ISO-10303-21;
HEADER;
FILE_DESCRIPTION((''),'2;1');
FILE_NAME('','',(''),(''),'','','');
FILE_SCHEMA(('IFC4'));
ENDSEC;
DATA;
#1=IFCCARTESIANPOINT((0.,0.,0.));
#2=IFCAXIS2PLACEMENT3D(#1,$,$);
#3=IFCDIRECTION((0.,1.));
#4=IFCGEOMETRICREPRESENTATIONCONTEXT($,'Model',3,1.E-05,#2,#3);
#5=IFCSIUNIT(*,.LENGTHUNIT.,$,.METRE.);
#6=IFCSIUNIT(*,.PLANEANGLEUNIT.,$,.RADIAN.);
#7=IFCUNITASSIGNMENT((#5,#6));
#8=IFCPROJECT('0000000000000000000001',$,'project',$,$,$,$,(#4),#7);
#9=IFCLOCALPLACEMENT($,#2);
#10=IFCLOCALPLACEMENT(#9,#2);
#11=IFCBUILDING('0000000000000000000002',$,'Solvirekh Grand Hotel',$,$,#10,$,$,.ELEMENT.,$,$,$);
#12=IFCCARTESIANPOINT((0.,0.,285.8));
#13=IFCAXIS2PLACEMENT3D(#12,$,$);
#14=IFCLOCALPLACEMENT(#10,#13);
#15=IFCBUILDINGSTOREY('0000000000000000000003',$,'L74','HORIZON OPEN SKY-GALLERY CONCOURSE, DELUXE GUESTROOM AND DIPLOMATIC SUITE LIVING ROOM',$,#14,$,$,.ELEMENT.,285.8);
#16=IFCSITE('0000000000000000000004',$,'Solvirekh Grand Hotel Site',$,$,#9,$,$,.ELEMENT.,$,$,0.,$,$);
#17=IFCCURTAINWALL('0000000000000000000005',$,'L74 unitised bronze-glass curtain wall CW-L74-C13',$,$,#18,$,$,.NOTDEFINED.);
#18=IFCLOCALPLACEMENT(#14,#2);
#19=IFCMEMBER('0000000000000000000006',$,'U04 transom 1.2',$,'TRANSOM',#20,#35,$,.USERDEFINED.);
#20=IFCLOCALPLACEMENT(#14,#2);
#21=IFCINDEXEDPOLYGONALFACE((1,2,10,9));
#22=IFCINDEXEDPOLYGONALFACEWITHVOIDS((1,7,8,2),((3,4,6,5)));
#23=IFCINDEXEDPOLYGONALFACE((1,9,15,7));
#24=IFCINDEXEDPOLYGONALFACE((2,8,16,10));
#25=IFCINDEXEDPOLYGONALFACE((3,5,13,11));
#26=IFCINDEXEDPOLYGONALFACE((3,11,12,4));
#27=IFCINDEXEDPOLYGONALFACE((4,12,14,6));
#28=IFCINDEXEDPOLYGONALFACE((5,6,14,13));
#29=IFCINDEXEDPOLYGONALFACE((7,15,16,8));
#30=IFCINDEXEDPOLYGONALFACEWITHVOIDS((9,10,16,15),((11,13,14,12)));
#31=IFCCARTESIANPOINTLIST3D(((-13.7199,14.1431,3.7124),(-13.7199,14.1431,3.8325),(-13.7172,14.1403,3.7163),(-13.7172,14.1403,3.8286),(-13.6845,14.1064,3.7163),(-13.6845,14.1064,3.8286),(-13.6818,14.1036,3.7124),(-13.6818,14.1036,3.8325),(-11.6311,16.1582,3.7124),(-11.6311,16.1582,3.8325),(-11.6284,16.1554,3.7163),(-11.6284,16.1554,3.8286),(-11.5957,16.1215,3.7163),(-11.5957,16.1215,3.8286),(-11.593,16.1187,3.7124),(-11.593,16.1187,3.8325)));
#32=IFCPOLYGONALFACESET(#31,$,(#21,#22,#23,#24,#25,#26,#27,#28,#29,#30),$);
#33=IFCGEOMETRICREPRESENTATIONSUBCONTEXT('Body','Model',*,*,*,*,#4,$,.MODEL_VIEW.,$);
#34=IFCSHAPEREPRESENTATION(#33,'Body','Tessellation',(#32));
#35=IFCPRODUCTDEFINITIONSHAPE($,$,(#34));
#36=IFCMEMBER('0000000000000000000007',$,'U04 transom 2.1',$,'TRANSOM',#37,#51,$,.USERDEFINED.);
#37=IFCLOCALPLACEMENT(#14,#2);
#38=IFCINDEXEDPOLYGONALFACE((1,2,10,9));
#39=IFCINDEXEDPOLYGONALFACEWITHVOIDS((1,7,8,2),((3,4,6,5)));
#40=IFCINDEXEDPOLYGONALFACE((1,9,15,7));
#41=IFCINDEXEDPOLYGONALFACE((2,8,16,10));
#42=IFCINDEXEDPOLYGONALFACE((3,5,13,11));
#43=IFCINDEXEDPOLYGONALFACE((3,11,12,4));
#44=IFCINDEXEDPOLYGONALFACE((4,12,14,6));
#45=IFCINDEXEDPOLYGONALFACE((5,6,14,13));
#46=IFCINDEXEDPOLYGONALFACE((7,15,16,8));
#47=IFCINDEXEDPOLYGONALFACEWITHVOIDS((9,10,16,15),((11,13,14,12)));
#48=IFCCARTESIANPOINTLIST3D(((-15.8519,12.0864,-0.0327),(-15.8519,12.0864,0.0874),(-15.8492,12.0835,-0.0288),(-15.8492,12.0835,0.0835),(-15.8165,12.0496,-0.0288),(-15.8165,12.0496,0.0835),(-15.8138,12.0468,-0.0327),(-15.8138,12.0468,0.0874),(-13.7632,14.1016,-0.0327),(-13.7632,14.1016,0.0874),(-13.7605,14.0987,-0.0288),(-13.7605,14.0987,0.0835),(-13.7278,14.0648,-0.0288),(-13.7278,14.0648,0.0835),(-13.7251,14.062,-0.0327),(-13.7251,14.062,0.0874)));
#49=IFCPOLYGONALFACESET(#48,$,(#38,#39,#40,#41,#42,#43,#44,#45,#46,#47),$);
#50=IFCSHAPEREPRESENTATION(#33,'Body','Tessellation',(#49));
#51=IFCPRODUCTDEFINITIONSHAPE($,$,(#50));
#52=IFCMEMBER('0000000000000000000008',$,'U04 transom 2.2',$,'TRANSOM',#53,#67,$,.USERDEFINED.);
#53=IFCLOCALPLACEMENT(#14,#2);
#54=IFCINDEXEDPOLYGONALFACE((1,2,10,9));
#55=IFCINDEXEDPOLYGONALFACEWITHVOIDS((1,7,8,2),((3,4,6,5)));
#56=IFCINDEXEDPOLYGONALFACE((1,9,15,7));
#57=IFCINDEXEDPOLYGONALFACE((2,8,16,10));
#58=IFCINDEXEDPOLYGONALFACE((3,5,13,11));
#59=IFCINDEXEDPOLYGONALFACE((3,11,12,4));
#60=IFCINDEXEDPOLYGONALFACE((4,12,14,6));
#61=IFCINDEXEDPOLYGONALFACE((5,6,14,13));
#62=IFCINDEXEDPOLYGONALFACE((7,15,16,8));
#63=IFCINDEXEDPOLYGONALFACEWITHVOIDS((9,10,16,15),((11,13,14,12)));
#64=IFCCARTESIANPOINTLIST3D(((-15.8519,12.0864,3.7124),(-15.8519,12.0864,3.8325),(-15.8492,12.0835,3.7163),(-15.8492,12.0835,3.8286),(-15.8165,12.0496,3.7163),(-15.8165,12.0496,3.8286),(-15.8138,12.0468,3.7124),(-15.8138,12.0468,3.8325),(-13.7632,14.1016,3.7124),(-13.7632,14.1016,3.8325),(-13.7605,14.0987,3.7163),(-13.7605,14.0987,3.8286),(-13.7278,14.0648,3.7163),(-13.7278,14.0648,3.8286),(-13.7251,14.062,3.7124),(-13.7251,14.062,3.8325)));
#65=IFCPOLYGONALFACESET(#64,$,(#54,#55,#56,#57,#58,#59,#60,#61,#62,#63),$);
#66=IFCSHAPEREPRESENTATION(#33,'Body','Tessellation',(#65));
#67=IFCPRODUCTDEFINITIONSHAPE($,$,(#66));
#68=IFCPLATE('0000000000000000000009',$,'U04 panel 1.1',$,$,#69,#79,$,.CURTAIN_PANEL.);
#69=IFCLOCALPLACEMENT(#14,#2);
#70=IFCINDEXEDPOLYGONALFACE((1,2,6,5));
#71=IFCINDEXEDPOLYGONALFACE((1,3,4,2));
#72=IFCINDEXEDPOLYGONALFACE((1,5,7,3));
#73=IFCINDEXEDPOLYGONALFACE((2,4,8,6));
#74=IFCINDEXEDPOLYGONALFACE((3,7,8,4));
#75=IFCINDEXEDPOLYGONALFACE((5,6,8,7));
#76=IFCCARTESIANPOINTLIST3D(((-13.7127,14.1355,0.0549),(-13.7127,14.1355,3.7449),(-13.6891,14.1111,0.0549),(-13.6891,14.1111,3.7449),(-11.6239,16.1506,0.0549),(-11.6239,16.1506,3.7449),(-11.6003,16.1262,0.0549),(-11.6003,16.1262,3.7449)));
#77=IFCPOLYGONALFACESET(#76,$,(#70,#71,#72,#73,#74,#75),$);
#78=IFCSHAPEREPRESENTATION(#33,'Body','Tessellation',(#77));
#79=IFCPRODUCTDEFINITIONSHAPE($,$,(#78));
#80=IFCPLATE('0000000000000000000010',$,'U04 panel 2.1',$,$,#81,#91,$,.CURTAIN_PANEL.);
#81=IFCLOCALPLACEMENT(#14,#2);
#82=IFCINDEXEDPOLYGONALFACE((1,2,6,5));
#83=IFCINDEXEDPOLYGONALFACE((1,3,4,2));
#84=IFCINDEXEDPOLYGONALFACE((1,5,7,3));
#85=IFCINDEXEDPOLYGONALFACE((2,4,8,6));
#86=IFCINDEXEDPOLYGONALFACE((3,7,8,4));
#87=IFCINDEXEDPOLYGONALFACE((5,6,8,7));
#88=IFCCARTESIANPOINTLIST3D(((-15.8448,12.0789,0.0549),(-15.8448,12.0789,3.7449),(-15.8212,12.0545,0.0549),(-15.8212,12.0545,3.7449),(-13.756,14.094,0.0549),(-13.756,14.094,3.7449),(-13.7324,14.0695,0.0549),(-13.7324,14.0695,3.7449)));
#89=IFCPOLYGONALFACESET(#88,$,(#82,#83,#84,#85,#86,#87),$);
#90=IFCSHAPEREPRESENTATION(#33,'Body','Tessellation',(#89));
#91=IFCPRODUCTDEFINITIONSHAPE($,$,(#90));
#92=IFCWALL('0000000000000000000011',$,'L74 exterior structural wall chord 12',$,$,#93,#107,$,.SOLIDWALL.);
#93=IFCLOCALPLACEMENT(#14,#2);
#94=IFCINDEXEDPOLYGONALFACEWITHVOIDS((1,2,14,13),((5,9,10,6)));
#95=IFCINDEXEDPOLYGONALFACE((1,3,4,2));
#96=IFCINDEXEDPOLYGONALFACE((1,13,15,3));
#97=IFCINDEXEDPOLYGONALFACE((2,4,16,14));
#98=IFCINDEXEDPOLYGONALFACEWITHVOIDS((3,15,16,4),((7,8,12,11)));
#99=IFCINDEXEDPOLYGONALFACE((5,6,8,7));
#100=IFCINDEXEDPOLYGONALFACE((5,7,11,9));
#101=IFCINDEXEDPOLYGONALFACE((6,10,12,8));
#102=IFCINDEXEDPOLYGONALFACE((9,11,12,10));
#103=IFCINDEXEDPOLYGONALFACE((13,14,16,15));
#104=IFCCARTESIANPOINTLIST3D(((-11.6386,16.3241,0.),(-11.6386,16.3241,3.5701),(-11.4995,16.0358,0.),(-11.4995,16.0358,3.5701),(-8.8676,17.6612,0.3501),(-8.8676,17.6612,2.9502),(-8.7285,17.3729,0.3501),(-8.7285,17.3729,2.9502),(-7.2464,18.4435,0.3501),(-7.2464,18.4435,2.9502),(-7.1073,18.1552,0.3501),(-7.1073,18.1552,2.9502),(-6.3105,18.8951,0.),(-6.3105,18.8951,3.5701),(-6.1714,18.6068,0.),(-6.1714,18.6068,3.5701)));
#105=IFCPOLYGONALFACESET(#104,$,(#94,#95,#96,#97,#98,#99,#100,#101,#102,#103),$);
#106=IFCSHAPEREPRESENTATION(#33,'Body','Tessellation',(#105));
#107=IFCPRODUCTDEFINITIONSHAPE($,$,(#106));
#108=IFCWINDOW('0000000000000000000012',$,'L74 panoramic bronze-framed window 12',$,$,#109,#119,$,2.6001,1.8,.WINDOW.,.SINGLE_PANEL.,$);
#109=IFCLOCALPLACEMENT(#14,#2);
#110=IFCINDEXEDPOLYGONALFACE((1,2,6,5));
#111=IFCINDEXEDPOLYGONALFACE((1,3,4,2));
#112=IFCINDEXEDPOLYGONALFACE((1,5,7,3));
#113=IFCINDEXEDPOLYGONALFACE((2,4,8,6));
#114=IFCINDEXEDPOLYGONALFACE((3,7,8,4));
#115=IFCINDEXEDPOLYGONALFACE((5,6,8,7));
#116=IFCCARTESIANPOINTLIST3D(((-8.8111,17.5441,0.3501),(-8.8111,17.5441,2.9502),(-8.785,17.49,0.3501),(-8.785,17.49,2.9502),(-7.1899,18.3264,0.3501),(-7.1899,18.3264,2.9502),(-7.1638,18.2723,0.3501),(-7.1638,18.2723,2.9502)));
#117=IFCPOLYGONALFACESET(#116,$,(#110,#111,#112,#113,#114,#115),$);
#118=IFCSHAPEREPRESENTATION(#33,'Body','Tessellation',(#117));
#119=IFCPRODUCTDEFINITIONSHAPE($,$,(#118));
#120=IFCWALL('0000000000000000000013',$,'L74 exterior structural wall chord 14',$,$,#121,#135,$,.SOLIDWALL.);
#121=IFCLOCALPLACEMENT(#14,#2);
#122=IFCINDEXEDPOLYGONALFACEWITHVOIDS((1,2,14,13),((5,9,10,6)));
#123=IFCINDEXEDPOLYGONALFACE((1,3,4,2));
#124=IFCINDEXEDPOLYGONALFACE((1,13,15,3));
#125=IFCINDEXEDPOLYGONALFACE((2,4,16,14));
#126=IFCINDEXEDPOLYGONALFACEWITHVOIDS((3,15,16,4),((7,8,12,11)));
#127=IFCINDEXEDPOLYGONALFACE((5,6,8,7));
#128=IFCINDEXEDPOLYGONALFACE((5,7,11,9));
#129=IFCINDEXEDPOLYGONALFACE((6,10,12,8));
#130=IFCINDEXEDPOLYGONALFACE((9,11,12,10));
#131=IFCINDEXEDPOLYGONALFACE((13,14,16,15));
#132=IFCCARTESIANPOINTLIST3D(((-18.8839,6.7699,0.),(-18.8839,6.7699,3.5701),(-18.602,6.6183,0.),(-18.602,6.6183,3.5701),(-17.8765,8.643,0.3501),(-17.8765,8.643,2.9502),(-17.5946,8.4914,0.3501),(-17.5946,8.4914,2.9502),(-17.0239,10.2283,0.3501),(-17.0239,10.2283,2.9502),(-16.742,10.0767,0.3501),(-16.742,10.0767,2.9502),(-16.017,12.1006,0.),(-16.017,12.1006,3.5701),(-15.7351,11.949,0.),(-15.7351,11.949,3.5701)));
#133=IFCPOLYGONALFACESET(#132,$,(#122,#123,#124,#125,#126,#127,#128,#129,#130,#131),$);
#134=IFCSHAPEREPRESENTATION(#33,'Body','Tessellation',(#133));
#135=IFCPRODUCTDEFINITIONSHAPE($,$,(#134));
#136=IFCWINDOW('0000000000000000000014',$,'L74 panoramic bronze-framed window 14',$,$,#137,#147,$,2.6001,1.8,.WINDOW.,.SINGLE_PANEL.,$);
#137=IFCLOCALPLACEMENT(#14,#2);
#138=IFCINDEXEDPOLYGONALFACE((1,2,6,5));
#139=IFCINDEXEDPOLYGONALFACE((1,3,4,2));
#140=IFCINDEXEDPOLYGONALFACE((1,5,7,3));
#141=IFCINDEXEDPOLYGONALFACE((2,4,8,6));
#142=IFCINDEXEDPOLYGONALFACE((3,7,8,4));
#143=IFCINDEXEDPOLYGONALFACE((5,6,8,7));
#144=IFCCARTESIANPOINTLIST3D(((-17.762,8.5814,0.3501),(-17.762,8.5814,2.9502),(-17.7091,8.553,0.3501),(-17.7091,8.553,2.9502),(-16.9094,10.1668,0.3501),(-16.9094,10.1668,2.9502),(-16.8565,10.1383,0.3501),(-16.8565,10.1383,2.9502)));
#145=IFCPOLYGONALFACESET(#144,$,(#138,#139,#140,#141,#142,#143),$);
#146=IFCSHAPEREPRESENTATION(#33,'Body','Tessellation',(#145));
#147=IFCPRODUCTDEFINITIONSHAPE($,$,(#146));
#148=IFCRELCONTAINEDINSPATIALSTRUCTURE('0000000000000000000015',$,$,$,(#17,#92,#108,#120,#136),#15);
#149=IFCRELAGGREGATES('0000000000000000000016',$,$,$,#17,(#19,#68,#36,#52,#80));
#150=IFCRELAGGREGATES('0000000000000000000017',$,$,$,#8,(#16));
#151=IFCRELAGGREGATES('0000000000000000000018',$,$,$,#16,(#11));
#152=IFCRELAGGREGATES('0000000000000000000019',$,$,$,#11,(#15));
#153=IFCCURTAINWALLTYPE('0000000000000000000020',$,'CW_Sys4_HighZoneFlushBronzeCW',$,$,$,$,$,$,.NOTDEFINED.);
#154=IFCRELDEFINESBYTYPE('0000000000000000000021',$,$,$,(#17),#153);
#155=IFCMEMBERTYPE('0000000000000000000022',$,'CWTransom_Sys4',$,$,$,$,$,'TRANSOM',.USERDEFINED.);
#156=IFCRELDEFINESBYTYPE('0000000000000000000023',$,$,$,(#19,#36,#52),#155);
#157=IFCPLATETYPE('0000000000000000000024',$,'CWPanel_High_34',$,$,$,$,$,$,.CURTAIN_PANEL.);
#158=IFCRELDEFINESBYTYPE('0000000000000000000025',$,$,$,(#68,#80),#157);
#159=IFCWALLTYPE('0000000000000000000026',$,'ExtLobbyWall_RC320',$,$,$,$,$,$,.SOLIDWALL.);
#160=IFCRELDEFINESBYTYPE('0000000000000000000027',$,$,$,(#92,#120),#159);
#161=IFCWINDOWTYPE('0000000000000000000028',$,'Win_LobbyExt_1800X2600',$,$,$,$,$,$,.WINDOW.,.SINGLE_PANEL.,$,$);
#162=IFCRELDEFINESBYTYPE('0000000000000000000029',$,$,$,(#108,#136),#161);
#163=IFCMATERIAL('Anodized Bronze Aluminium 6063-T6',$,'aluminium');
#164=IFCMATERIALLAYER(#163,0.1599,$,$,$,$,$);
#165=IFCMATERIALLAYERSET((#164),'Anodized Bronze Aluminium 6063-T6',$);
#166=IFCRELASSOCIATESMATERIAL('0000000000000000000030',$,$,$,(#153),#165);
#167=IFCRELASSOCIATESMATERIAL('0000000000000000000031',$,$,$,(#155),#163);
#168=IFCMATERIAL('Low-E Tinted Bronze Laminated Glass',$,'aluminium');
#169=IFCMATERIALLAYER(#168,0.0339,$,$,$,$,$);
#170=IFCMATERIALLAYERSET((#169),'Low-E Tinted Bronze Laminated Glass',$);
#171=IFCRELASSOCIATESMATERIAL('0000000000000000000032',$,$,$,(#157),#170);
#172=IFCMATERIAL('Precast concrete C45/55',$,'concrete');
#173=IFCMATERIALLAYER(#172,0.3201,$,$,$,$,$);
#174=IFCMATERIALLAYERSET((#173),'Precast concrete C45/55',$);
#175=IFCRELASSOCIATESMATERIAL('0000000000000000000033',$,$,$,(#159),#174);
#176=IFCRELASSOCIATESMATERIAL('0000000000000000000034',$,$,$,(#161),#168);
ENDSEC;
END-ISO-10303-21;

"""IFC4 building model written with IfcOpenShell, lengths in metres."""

from ifc_helpers import new_model, si_unit, direction, frame, frame_2d, origin, origin_2d, place, context, subcontext, project, spatial, rectangle, hollow_rectangle, extrude, source, transform, mapped, material, layer, layer_set, material_profile, profile_set, type_object, element, fill, aggregate, save


model = new_model("IFC4")

# Units and contexts
model_context = context("Model", 3, precision=1e-05, world=origin(), true_north=direction((0.0, 1.0)))
body_context = subcontext(model_context, "Body", "Model", "MODEL_VIEW")
ifc_project = project(units=[si_unit("LENGTHUNIT", "METRE"), si_unit("PLANEANGLEUNIT", "RADIAN")], contexts=[model_context])

# Site, building, storey
site_placement = place(None, origin())
site = spatial("IfcSite", under=ifc_project, at=site_placement, Name="Solvirekh Grand Hotel Site", CompositionType="ELEMENT", RefElevation=0.0)
building_placement = place(site_placement, origin())
building = spatial("IfcBuilding", under=site, at=building_placement, Name="Solvirekh Grand Hotel", CompositionType="ELEMENT")
storey_placement = place(building_placement, frame((0.0, 0.0, 285.8)))
storey = spatial("IfcBuildingStorey", under=building, at=storey_placement, Name="L74", Description="HORIZON OPEN SKY-GALLERY CONCOURSE, DELUXE GUESTROOM AND DIPLOMATIC SUITE LIVING ROOM", CompositionType="ELEMENT", Elevation=285.8)

# Curtain wall
ifc_material_1 = material(Name="Anodized Bronze Aluminium 6063-T6", Category="aluminium")
ifc_layer_1 = layer(ifc_material_1, 0.1599)
ifc_layer_set_1 = layer_set([ifc_layer_1], Name="Anodized Bronze Aluminium 6063-T6")
curtain_wall_type = type_object("IfcCurtainWallType", Name="CW_Sys4_HighZoneFlushBronzeCW", PredefinedType="NOTDEFINED", material=ifc_layer_set_1)
curtain_wall_1_placement = place(storey_placement, origin())
curtain_wall_1 = element("IfcCurtainWall", 1, at=curtain_wall_1_placement, inside=storey, type_object=curtain_wall_type, Name="L74 unitised bronze-glass curtain wall CW-L74-C13", PredefinedType="NOTDEFINED")

# Members
ifc_material_profile_1 = material_profile(ifc_material_1, hollow_rectangle(XDim=0.0549, YDim=0.1201, WallThickness=0.0039, at=origin_2d()), Name="ALU RHS 120X55X4")
ifc_profile_set_1 = profile_set([ifc_material_profile_1], Name="Anodized Bronze Aluminium 6063-T6")
member_type_1 = type_object("IfcMemberType", Name="CWTransom_Sys4", ElementType="TRANSOM", PredefinedType="USERDEFINED", material=ifc_profile_set_1)
shared_shape_1 = source(origin(), body_context, "Body", "SweptSolid", [
    extrude(hollow_rectangle(XDim=0.0549, YDim=0.1201, WallThickness=0.0039, at=origin_2d()), origin(), (0.0, 0.0, 1.0), 2.9023),
])
member_1_placement = place(storey_placement, frame((-11.6121, 16.1384, 3.7725), z_axis=(-0.719694, -0.694291, 0.0), x_axis=(0.694291, -0.719694, 0.0)))
member_1 = element("IfcMember", 2, at=member_1_placement, type_object=member_type_1, Name="U04 transom 1.2", ObjectType="TRANSOM", PredefinedType="USERDEFINED", context=body_context, shape_type="MappedRepresentation", body=[
    mapped(shared_shape_1, transform((0.0, 0.0, 0.0), x_axis=(1.0, 0.0, 0.0), y_axis=(0.0, 1.0, 0.0), z_axis=(0.0, 0.0, 1.0), scale=1.0)),
])
member_2_placement = place(storey_placement, frame((-13.7441, 14.0818, 0.0273), z_axis=(-0.719654, -0.694333, 0.0), x_axis=(0.694333, -0.719654, 0.0)))
member_2 = element("IfcMember", 3, at=member_2_placement, type_object=member_type_1, Name="U04 transom 2.1", ObjectType="TRANSOM", PredefinedType="USERDEFINED", context=body_context, shape_type="MappedRepresentation", body=[
    mapped(shared_shape_1, transform((0.0, 0.0, 0.0), x_axis=(1.0, 0.0, 0.0), y_axis=(0.0, 1.0, 0.0), z_axis=(0.0, 0.0, 1.0), scale=1.0)),
])
member_3_placement = place(storey_placement, frame((-13.7441, 14.0818, 3.7725), z_axis=(-0.719654, -0.694333, 0.0), x_axis=(0.694333, -0.719654, 0.0)))
member_3 = element("IfcMember", 4, at=member_3_placement, type_object=member_type_1, Name="U04 transom 2.2", ObjectType="TRANSOM", PredefinedType="USERDEFINED", context=body_context, shape_type="MappedRepresentation", body=[
    mapped(shared_shape_1, transform((0.0, 0.0, 0.0), x_axis=(1.0, 0.0, 0.0), y_axis=(0.0, 1.0, 0.0), z_axis=(0.0, 0.0, 1.0), scale=1.0)),
])

# Plates
ifc_material_2 = material(Name="Low-E Tinted Bronze Laminated Glass", Category="aluminium")
ifc_layer_2 = layer(ifc_material_2, 0.0339)
ifc_layer_set_2 = layer_set([ifc_layer_2], Name="Low-E Tinted Bronze Laminated Glass")
plate_type = type_object("IfcPlateType", Name="CWPanel_High_34", PredefinedType="CURTAIN_PANEL", material=ifc_layer_set_2)
shared_shape_2 = source(origin(), body_context, "Body", "SweptSolid", [
    extrude(rectangle(XDim=2.9023, YDim=0.0339, at=origin_2d()), origin(), (0.0, 0.0, 1.0), 3.6899),
])
plate_1_placement = place(storey_placement, frame((-12.6565, 15.1309, 0.0549), z_axis=(0.0, 0.0, 1.0), x_axis=(-0.719692, -0.694293, 0.0)))
plate_1 = element("IfcPlate", 5, at=plate_1_placement, type_object=plate_type, Name="U04 panel 1.1", PredefinedType="CURTAIN_PANEL", context=body_context, shape_type="MappedRepresentation", body=[
    mapped(shared_shape_2, transform((0.0, 0.0, 0.0), x_axis=(1.0, 0.0, 0.0), y_axis=(0.0, 1.0, 0.0), z_axis=(0.0, 0.0, 1.0), scale=1.0)),
])
plate_2_placement = place(storey_placement, frame((-14.7886, 13.0742, 0.0549), z_axis=(0.0, 0.0, 1.0), x_axis=(-0.719692, -0.694293, 0.0)))
plate_2 = element("IfcPlate", 6, at=plate_2_placement, type_object=plate_type, Name="U04 panel 2.1", PredefinedType="CURTAIN_PANEL", context=body_context, shape_type="MappedRepresentation", body=[
    mapped(shared_shape_2, transform((0.0, 0.0, 0.0), x_axis=(1.0, 0.0, 0.0), y_axis=(0.0, 1.0, 0.0), z_axis=(0.0, 0.0, 1.0), scale=1.0)),
])
aggregate(curtain_wall_1, [member_1, plate_1, member_2, member_3, plate_2])

# Walls, openings, windows
ifc_material_3 = material(Name="Precast concrete C45/55", Category="concrete")
ifc_layer_3 = layer(ifc_material_3, 0.3201)
ifc_layer_set_3 = layer_set([ifc_layer_3], Name="Precast concrete C45/55")
wall_type_1 = type_object("IfcWallType", Name="ExtLobbyWall_RC320", PredefinedType="SOLIDWALL", material=ifc_layer_set_3)
wall_1_placement = place(storey_placement, frame((-11.5691, 16.1799, 0.0), z_axis=(0.0, 0.0, 1.0), x_axis=(0.900628, 0.434591, 0.0)))
wall_1 = element("IfcWall", 7, at=wall_1_placement, inside=storey, type_object=wall_type_1, Name="L74 exterior structural wall chord 12", PredefinedType="SOLIDWALL", context=body_context, shape_type="SweptSolid", body=[
    extrude(rectangle(XDim=5.916, YDim=0.3201, at=frame_2d((2.958, 0.0))), origin(), (0.0, 0.0, 1.0), 3.5701),
])
opening_1_placement = place(wall_1_placement, frame((3.0769, 0.0, 0.3501)))
opening_1 = element("IfcOpeningElement", 8, at=opening_1_placement, cuts=wall_1, PredefinedType="OPENING", context=body_context, shape_type="SweptSolid", body=[
    extrude(rectangle(XDim=1.8, YDim=2.6001, at=frame_2d((0.8999, 1.3))), frame((0.0, 0.1699, 0.0), z_axis=(0.0, -1.0, 0.0), x_axis=(1.0, 0.0, 0.0)), (0.0, 0.0, 1.0), 0.3401),
])
window_type = type_object("IfcWindowType", Name="Win_LobbyExt_1800X2600", PartitioningType="SINGLE_PANEL", PredefinedType="WINDOW", material=ifc_material_2)
window_1_placement = place(opening_1_placement, origin())
window_1 = element("IfcWindow", 9, at=window_1_placement, inside=storey, type_object=window_type, Name="L74 panoramic bronze-framed window 12", OverallHeight=2.6001, OverallWidth=1.8, PartitioningType="SINGLE_PANEL", PredefinedType="WINDOW", context=body_context, shape_type="SweptSolid", body=[
    extrude(rectangle(XDim=1.8, YDim=2.6001, at=frame_2d((0.8999, 1.3))), frame((0.0, 0.03, 0.0), z_axis=(0.0, -1.0, 0.0), x_axis=(1.0, 0.0, 0.0)), (0.0, 0.0, 1.0), 0.0601),
])
fill(opening_1, window_1)
wall_2_placement = place(storey_placement, frame((-18.7429, 6.6941, 0.0), z_axis=(0.0, 0.0, 1.0), x_axis=(0.473652, 0.880712, 0.0)))
wall_2 = element("IfcWall", 10, at=wall_2_placement, inside=storey, type_object=wall_type_1, Name="L74 exterior structural wall chord 14", PredefinedType="SOLIDWALL", context=body_context, shape_type="SweptSolid", body=[
    extrude(rectangle(XDim=6.0527, YDim=0.3201, at=frame_2d((3.0264, 0.0))), origin(), (0.0, 0.0, 1.0), 3.5701),
])
opening_2_placement = place(wall_2_placement, frame((2.127, 0.0, 0.3501)))
opening_2 = element("IfcOpeningElement", 11, at=opening_2_placement, cuts=wall_2, PredefinedType="OPENING", context=body_context, shape_type="SweptSolid", body=[
    extrude(rectangle(XDim=1.8, YDim=2.6001, at=frame_2d((0.8999, 1.3))), frame((0.0, 0.1699, 0.0), z_axis=(0.0, -1.0, 0.0), x_axis=(1.0, 0.0, 0.0)), (0.0, 0.0, 1.0), 0.3401),
])
window_2_placement = place(opening_2_placement, origin())
window_2 = element("IfcWindow", 12, at=window_2_placement, inside=storey, type_object=window_type, Name="L74 panoramic bronze-framed window 14", OverallHeight=2.6001, OverallWidth=1.8, PartitioningType="SINGLE_PANEL", PredefinedType="WINDOW", context=body_context, shape_type="SweptSolid", body=[
    extrude(rectangle(XDim=1.8, YDim=2.6001, at=frame_2d((0.8999, 1.3))), frame((0.0, 0.03, 0.0), z_axis=(0.0, -1.0, 0.0), x_axis=(1.0, 0.0, 0.0)), (0.0, 0.0, 1.0), 0.0601),
])
fill(opening_2, window_2)

save(model, "model.ifc")
